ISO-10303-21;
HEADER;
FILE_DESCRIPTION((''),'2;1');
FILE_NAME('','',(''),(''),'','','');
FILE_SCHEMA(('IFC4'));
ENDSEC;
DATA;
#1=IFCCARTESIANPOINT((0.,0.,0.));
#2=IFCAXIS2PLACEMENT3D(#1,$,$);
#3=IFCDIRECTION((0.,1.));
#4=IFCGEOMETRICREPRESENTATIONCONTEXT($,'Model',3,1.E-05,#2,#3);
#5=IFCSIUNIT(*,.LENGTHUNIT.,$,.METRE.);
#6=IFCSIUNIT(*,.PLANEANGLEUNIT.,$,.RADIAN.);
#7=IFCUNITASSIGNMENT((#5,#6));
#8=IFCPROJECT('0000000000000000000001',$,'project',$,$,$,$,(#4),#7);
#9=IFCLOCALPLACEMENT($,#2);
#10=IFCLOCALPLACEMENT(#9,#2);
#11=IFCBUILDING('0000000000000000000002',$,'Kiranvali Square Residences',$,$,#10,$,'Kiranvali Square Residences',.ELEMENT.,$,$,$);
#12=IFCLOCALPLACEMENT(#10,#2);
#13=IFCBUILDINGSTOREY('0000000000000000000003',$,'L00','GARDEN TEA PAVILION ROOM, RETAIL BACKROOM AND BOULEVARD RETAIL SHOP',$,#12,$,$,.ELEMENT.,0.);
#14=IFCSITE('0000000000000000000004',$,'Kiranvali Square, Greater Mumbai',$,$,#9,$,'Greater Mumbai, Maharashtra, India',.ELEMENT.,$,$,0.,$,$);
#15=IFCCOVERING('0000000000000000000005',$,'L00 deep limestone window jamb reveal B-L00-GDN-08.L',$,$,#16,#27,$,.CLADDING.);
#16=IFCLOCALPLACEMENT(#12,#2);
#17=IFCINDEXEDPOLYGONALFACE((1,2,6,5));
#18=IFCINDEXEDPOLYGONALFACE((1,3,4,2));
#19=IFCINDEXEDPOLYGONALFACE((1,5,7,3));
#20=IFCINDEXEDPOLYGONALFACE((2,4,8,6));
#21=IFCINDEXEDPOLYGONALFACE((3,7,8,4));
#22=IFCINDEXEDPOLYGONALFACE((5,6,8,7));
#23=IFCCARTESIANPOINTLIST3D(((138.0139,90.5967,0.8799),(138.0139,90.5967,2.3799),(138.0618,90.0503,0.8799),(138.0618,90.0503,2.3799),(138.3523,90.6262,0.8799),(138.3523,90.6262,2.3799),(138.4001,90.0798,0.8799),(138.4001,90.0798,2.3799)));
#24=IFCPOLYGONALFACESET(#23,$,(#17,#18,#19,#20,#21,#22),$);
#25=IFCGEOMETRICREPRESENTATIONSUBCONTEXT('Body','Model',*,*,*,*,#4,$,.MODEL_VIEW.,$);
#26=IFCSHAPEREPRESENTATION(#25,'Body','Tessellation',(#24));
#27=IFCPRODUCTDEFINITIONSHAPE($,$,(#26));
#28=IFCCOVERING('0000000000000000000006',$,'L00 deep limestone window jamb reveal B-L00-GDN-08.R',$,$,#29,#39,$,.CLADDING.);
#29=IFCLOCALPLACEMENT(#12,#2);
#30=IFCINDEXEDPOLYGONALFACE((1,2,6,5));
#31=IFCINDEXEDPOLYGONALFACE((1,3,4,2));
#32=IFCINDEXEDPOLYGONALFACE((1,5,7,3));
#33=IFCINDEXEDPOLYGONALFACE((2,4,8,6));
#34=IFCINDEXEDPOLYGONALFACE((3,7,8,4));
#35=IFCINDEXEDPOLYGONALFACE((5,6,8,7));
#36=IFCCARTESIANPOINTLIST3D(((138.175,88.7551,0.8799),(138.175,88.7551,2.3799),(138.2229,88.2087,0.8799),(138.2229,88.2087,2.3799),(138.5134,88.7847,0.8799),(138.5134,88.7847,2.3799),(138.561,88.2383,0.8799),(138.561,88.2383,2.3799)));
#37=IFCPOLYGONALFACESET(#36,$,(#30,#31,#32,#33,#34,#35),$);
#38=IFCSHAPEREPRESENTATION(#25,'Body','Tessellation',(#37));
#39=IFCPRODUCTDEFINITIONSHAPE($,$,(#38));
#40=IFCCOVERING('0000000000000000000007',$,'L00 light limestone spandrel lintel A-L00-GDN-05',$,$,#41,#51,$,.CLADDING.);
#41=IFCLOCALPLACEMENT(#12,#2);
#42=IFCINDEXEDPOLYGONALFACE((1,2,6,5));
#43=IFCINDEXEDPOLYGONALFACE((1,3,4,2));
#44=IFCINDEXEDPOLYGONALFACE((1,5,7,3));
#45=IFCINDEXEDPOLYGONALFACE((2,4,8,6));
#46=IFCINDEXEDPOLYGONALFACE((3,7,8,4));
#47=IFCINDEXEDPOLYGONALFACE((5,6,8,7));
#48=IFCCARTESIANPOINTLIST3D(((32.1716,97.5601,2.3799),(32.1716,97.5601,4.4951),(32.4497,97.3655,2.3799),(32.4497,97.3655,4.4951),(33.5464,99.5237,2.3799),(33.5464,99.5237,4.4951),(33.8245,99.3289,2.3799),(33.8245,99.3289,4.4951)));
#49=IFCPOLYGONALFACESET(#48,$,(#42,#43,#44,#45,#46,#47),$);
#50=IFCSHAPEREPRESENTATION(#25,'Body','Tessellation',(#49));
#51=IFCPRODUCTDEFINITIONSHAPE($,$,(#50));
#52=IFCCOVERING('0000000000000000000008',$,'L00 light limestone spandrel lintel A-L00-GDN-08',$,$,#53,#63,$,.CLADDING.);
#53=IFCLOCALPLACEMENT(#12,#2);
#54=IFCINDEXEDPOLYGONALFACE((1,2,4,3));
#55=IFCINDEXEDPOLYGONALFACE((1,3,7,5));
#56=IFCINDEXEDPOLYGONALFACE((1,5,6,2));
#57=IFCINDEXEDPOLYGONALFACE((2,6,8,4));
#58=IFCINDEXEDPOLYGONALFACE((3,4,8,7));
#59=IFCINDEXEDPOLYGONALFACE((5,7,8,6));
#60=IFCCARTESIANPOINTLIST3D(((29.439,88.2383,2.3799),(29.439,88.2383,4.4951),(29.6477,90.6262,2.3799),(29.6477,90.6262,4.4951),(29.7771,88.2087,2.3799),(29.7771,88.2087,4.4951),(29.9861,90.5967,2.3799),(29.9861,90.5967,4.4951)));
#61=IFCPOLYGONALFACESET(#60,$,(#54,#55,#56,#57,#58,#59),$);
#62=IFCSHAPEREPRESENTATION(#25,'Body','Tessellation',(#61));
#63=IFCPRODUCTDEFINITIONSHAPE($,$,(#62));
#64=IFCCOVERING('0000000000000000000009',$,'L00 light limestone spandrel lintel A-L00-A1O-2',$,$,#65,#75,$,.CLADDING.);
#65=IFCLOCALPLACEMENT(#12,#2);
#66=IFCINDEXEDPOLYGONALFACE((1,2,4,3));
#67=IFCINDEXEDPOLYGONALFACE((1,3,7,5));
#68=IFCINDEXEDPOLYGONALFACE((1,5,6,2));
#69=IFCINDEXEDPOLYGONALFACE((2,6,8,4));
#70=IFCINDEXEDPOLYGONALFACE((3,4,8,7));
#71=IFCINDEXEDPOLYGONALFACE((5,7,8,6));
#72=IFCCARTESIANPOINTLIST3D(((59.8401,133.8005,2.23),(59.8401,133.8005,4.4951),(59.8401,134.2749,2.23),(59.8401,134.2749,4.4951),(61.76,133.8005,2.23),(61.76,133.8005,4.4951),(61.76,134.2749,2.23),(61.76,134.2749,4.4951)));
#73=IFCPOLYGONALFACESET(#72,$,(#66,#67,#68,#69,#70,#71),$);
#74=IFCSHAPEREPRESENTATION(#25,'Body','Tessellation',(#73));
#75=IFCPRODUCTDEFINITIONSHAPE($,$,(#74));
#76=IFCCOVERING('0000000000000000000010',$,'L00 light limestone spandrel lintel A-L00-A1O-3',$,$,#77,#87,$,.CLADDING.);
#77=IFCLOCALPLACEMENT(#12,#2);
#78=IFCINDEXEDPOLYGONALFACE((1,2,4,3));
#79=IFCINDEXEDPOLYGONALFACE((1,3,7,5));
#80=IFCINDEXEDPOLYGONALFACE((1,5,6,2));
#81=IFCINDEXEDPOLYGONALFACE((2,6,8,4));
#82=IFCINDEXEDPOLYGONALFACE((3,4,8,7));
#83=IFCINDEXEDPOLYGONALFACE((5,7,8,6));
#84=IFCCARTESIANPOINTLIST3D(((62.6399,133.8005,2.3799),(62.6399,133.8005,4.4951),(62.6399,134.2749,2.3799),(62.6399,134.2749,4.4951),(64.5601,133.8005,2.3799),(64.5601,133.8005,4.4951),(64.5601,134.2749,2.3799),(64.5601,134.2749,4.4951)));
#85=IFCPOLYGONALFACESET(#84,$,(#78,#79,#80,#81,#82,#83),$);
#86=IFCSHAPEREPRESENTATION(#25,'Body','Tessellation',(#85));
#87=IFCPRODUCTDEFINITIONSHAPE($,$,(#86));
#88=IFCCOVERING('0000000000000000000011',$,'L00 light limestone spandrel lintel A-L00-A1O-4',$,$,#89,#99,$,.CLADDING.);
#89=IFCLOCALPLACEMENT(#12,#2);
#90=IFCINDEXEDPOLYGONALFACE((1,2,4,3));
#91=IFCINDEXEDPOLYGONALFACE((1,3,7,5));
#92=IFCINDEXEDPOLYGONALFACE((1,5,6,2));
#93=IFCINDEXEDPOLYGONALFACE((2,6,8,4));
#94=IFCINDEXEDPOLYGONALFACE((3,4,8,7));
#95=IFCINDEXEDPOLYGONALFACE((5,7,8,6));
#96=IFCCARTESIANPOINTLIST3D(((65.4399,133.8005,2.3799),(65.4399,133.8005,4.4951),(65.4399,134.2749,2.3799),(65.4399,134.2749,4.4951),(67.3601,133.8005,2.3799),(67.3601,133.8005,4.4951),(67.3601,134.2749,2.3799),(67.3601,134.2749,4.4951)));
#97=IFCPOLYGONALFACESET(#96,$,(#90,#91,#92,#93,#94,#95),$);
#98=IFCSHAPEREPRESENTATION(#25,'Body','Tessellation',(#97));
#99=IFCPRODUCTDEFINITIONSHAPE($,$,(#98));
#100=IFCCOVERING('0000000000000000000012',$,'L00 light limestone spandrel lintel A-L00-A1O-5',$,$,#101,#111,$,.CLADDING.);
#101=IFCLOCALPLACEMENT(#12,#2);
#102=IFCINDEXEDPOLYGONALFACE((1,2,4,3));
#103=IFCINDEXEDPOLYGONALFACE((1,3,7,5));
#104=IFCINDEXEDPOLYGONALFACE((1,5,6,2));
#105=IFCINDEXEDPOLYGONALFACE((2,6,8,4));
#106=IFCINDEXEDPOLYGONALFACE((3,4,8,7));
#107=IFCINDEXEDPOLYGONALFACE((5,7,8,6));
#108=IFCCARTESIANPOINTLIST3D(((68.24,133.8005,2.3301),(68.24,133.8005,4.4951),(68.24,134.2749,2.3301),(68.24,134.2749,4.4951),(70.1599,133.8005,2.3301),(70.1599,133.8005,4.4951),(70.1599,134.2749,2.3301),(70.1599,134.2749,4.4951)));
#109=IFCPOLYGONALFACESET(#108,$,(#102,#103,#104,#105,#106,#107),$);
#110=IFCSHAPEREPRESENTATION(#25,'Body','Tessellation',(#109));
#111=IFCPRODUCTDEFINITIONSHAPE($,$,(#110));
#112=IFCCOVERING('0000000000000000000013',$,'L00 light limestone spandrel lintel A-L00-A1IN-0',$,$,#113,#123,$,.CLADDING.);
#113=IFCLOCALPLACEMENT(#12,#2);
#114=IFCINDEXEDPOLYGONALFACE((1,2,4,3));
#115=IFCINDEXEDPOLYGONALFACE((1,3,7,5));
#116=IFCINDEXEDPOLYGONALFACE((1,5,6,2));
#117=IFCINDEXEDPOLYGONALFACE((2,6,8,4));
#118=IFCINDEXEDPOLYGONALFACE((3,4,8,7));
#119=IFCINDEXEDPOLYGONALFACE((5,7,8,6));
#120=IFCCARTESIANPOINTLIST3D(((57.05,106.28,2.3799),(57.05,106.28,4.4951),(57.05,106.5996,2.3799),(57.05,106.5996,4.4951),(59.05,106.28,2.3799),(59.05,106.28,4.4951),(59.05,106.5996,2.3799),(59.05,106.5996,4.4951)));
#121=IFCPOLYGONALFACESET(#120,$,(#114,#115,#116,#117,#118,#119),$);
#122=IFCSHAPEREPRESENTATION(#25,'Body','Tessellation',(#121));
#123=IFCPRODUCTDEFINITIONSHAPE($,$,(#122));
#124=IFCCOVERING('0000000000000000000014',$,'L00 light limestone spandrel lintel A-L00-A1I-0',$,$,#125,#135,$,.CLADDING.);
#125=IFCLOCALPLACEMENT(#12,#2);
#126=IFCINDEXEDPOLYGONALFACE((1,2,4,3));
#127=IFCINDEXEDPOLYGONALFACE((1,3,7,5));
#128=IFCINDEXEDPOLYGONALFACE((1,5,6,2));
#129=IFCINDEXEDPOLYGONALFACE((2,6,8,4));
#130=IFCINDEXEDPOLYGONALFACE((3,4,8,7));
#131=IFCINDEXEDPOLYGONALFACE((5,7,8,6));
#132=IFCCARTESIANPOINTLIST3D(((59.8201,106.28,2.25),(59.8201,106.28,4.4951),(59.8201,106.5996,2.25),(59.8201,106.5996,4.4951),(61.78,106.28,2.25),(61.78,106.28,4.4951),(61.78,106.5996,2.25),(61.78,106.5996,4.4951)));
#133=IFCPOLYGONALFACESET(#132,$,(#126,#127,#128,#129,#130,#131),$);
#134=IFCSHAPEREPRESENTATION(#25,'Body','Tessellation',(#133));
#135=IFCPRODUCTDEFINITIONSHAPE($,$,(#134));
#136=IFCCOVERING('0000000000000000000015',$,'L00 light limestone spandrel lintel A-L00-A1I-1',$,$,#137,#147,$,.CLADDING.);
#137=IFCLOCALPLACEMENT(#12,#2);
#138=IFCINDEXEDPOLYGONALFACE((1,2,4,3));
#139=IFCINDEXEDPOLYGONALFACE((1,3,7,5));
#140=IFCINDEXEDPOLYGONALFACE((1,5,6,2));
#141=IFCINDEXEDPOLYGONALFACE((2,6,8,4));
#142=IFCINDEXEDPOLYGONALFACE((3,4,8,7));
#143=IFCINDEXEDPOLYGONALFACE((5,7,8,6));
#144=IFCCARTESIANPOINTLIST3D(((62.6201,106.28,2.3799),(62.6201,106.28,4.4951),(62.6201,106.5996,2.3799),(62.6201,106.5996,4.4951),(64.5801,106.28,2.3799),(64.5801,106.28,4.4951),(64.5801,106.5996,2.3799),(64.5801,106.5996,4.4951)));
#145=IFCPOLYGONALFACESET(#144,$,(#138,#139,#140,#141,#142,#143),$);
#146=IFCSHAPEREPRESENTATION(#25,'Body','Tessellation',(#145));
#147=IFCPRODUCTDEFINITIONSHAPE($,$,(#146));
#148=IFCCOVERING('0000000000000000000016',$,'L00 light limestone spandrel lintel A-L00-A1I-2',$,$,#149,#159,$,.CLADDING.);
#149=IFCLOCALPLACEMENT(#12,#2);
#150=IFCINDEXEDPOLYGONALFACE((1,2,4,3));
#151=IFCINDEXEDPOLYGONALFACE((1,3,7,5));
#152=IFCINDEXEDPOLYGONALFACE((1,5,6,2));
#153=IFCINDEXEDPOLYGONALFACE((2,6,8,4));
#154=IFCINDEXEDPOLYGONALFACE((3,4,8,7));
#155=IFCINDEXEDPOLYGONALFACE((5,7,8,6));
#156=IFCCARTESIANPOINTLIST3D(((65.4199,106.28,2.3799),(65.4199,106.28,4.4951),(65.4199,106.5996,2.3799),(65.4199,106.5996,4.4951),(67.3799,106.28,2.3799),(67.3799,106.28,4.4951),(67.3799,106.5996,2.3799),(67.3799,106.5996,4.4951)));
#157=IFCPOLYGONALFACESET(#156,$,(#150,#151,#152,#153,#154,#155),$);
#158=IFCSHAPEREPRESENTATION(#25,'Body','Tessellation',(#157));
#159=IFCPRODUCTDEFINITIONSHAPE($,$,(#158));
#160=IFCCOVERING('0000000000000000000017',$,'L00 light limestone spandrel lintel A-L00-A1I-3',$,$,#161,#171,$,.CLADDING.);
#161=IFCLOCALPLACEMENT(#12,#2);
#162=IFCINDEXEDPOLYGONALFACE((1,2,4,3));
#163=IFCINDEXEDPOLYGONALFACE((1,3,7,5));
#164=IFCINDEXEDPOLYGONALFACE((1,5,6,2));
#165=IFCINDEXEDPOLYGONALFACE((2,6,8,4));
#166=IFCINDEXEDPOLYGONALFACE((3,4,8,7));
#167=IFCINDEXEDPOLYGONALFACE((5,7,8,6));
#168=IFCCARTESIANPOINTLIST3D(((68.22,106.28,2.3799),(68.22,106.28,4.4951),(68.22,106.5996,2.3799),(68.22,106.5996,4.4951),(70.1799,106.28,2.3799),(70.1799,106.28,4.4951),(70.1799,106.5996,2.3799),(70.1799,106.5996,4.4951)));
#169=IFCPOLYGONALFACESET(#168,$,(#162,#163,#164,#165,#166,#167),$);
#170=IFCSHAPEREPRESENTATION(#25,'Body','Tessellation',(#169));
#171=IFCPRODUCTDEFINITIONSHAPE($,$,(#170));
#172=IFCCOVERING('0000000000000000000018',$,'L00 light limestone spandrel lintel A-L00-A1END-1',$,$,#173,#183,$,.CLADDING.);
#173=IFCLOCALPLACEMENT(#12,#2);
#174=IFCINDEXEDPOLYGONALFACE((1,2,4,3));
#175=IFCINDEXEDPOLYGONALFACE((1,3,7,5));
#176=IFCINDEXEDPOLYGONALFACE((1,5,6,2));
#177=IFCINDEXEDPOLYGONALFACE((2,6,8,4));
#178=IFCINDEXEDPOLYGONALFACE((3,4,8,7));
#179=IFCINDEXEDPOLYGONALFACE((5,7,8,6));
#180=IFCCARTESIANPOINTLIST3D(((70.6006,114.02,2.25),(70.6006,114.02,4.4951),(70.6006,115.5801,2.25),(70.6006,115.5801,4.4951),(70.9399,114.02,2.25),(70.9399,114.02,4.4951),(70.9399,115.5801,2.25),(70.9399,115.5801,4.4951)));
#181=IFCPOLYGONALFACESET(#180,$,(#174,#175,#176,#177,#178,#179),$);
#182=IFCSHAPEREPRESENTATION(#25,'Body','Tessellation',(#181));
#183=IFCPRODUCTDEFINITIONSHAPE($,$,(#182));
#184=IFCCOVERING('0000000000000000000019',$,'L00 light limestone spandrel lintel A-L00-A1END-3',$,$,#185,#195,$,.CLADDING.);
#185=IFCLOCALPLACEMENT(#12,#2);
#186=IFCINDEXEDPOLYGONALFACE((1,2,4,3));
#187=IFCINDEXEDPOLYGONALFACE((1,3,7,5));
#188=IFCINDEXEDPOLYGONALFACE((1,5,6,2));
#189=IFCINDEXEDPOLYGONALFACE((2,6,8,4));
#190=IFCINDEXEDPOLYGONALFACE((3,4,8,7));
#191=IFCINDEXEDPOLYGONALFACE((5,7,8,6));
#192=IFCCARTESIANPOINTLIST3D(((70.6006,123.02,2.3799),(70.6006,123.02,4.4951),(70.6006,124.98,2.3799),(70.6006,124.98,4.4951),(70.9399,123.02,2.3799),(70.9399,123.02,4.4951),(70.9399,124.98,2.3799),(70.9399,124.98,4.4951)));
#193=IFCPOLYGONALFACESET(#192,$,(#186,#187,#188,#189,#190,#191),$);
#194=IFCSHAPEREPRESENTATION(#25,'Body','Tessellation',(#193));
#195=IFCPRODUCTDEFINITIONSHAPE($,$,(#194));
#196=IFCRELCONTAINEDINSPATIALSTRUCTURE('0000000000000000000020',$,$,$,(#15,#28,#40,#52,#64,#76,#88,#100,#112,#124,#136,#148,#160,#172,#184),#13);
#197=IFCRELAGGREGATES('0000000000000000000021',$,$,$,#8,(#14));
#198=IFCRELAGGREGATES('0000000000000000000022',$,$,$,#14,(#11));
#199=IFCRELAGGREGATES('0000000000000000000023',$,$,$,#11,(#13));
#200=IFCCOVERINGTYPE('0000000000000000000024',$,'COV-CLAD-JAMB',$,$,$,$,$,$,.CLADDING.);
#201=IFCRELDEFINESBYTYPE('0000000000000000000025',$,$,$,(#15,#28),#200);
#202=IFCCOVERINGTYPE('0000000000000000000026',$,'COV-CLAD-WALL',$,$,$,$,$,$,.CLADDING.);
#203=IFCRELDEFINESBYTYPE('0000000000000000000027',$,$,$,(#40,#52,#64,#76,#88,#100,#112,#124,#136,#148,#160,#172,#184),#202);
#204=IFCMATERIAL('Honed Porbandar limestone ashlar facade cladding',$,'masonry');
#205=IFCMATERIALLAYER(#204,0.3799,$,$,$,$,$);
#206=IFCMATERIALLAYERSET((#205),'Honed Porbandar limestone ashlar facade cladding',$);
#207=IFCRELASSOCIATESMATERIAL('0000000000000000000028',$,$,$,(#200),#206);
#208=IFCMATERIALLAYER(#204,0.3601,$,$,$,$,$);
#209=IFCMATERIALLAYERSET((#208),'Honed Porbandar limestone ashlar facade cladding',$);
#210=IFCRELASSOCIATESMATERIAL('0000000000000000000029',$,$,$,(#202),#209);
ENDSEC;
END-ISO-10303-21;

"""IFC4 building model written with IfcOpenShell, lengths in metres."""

from ifc_helpers import new_model, si_unit, direction, frame, origin, place, context, subcontext, project, spatial, polyline, outline, extrude, material, layer, layer_set, type_object, element, save


model = new_model("IFC4")

# Units and contexts
model_context = context("Model", 3, precision=1e-05, world=origin(), true_north=direction((0.0, 1.0)))
body_context = subcontext(model_context, "Body", "Model", "MODEL_VIEW")
ifc_project = project(units=[si_unit("LENGTHUNIT", "METRE"), si_unit("PLANEANGLEUNIT", "RADIAN")], contexts=[model_context])

# Site, building, storey
site_placement = place(None, origin())
site = spatial("IfcSite", under=ifc_project, at=site_placement, Name="Kiranvali Square, Greater Mumbai", LongName="Greater Mumbai, Maharashtra, India", CompositionType="ELEMENT", RefElevation=0.0)
building_placement = place(site_placement, origin())
building = spatial("IfcBuilding", under=site, at=building_placement, Name="Kiranvali Square Residences", LongName="Kiranvali Square Residences", CompositionType="ELEMENT")
storey_placement = place(building_placement, origin())
storey = spatial("IfcBuildingStorey", under=building, at=storey_placement, Name="L00", Description="GARDEN TEA PAVILION ROOM, RETAIL BACKROOM AND BOULEVARD RETAIL SHOP", CompositionType="ELEMENT", Elevation=0.0)

# Coverings
ifc_material = material(Name="Honed Porbandar limestone ashlar facade cladding", Category="masonry")
ifc_layer_1 = layer(ifc_material, 0.3799)
ifc_layer_set_1 = layer_set([ifc_layer_1], Name="Honed Porbandar limestone ashlar facade cladding")
covering_type_1 = type_object("IfcCoveringType", Name="COV-CLAD-JAMB", PredefinedType="CLADDING", material=ifc_layer_set_1)
covering_1_placement = place(storey_placement, frame((0.0, 0.0, 0.8799)))
element("IfcCovering", 1, at=covering_1_placement, inside=storey, type_object=covering_type_1, Name="L00 deep limestone window jamb reveal B-L00-GDN-08.L", PredefinedType="CLADDING", context=body_context, shape_type="SweptSolid", body=[
    extrude(outline(polyline([(138.0139, 90.5967), (138.0618, 90.0503), (138.4001, 90.0798), (138.3523, 90.6262), (138.0139, 90.5967)])), origin(), (0.0, 0.0, 1.0), 1.5),
])
covering_2_placement = place(storey_placement, frame((0.0, 0.0, 0.8799)))
element("IfcCovering", 2, at=covering_2_placement, inside=storey, type_object=covering_type_1, Name="L00 deep limestone window jamb reveal B-L00-GDN-08.R", PredefinedType="CLADDING", context=body_context, shape_type="SweptSolid", body=[
    extrude(outline(polyline([(138.175, 88.7551), (138.2229, 88.2087), (138.561, 88.2383), (138.5134, 88.7847), (138.175, 88.7551)])), origin(), (0.0, 0.0, 1.0), 1.5),
])
ifc_layer_2 = layer(ifc_material, 0.3601)
ifc_layer_set_2 = layer_set([ifc_layer_2], Name="Honed Porbandar limestone ashlar facade cladding")
covering_type_2 = type_object("IfcCoveringType", Name="COV-CLAD-WALL", PredefinedType="CLADDING", material=ifc_layer_set_2)
covering_3_placement = place(storey_placement, frame((0.0, 0.0, 2.3799)))
element("IfcCovering", 3, at=covering_3_placement, inside=storey, type_object=covering_type_2, Name="L00 light limestone spandrel lintel A-L00-GDN-05", PredefinedType="CLADDING", context=body_context, shape_type="SweptSolid", body=[
    extrude(outline(polyline([(33.5464, 99.5237), (32.1716, 97.5601), (32.4497, 97.3655), (33.8245, 99.3289), (33.5464, 99.5237)])), origin(), (0.0, 0.0, 1.0), 2.1152),
])
covering_4_placement = place(storey_placement, frame((0.0, 0.0, 2.3799)))
element("IfcCovering", 4, at=covering_4_placement, inside=storey, type_object=covering_type_2, Name="L00 light limestone spandrel lintel A-L00-GDN-08", PredefinedType="CLADDING", context=body_context, shape_type="SweptSolid", body=[
    extrude(outline(polyline([(29.6477, 90.6262), (29.439, 88.2383), (29.7771, 88.2087), (29.9861, 90.5967), (29.6477, 90.6262)])), origin(), (0.0, 0.0, 1.0), 2.1152),
])
covering_5_placement = place(storey_placement, frame((0.0, 0.0, 2.23)))
element("IfcCovering", 5, at=covering_5_placement, inside=storey, type_object=covering_type_2, Name="L00 light limestone spandrel lintel A-L00-A1O-2", PredefinedType="CLADDING", context=body_context, shape_type="SweptSolid", body=[
    extrude(outline(polyline([(59.8401, 133.8005), (61.76, 133.8005), (61.76, 134.2749), (59.8401, 134.2749), (59.8401, 133.8005)])), origin(), (0.0, 0.0, 1.0), 2.2651),
])
covering_6_placement = place(storey_placement, frame((0.0, 0.0, 2.3799)))
element("IfcCovering", 6, at=covering_6_placement, inside=storey, type_object=covering_type_2, Name="L00 light limestone spandrel lintel A-L00-A1O-3", PredefinedType="CLADDING", context=body_context, shape_type="SweptSolid", body=[
    extrude(outline(polyline([(62.6399, 133.8005), (64.5601, 133.8005), (64.5601, 134.2749), (62.6399, 134.2749), (62.6399, 133.8005)])), origin(), (0.0, 0.0, 1.0), 2.1152),
])
covering_7_placement = place(storey_placement, frame((0.0, 0.0, 2.3799)))
element("IfcCovering", 7, at=covering_7_placement, inside=storey, type_object=covering_type_2, Name="L00 light limestone spandrel lintel A-L00-A1O-4", PredefinedType="CLADDING", context=body_context, shape_type="SweptSolid", body=[
    extrude(outline(polyline([(65.4399, 133.8005), (67.3601, 133.8005), (67.3601, 134.2749), (65.4399, 134.2749), (65.4399, 133.8005)])), origin(), (0.0, 0.0, 1.0), 2.1152),
])
covering_8_placement = place(storey_placement, frame((0.0, 0.0, 2.3301)))
element("IfcCovering", 8, at=covering_8_placement, inside=storey, type_object=covering_type_2, Name="L00 light limestone spandrel lintel A-L00-A1O-5", PredefinedType="CLADDING", context=body_context, shape_type="SweptSolid", body=[
    extrude(outline(polyline([(68.24, 133.8005), (70.1599, 133.8005), (70.1599, 134.2749), (68.24, 134.2749), (68.24, 133.8005)])), origin(), (0.0, 0.0, 1.0), 2.165),
])
covering_9_placement = place(storey_placement, frame((0.0, 0.0, 2.3799)))
element("IfcCovering", 9, at=covering_9_placement, inside=storey, type_object=covering_type_2, Name="L00 light limestone spandrel lintel A-L00-A1IN-0", PredefinedType="CLADDING", context=body_context, shape_type="SweptSolid", body=[
    extrude(outline(polyline([(57.05, 106.28), (59.05, 106.28), (59.05, 106.5996), (57.05, 106.5996), (57.05, 106.28)])), origin(), (0.0, 0.0, 1.0), 2.1152),
])
covering_10_placement = place(storey_placement, frame((0.0, 0.0, 2.25)))
element("IfcCovering", 10, at=covering_10_placement, inside=storey, type_object=covering_type_2, Name="L00 light limestone spandrel lintel A-L00-A1I-0", PredefinedType="CLADDING", context=body_context, shape_type="SweptSolid", body=[
    extrude(outline(polyline([(59.8201, 106.28), (61.78, 106.28), (61.78, 106.5996), (59.8201, 106.5996), (59.8201, 106.28)])), origin(), (0.0, 0.0, 1.0), 2.2451),
])
covering_11_placement = place(storey_placement, frame((0.0, 0.0, 2.3799)))
element("IfcCovering", 11, at=covering_11_placement, inside=storey, type_object=covering_type_2, Name="L00 light limestone spandrel lintel A-L00-A1I-1", PredefinedType="CLADDING", context=body_context, shape_type="SweptSolid", body=[
    extrude(outline(polyline([(62.6201, 106.28), (64.5801, 106.28), (64.5801, 106.5996), (62.6201, 106.5996), (62.6201, 106.28)])), origin(), (0.0, 0.0, 1.0), 2.1152),
])
covering_12_placement = place(storey_placement, frame((0.0, 0.0, 2.3799)))
element("IfcCovering", 12, at=covering_12_placement, inside=storey, type_object=covering_type_2, Name="L00 light limestone spandrel lintel A-L00-A1I-2", PredefinedType="CLADDING", context=body_context, shape_type="SweptSolid", body=[
    extrude(outline(polyline([(65.4199, 106.28), (67.3799, 106.28), (67.3799, 106.5996), (65.4199, 106.5996), (65.4199, 106.28)])), origin(), (0.0, 0.0, 1.0), 2.1152),
])
covering_13_placement = place(storey_placement, frame((0.0, 0.0, 2.3799)))
element("IfcCovering", 13, at=covering_13_placement, inside=storey, type_object=covering_type_2, Name="L00 light limestone spandrel lintel A-L00-A1I-3", PredefinedType="CLADDING", context=body_context, shape_type="SweptSolid", body=[
    extrude(outline(polyline([(68.22, 106.28), (70.1799, 106.28), (70.1799, 106.5996), (68.22, 106.5996), (68.22, 106.28)])), origin(), (0.0, 0.0, 1.0), 2.1152),
])
covering_14_placement = place(storey_placement, frame((0.0, 0.0, 2.25)))
element("IfcCovering", 14, at=covering_14_placement, inside=storey, type_object=covering_type_2, Name="L00 light limestone spandrel lintel A-L00-A1END-1", PredefinedType="CLADDING", context=body_context, shape_type="SweptSolid", body=[
    extrude(outline(polyline([(70.9399, 114.02), (70.9399, 115.5801), (70.6006, 115.5801), (70.6006, 114.02), (70.9399, 114.02)])), origin(), (0.0, 0.0, 1.0), 2.2451),
])
covering_15_placement = place(storey_placement, frame((0.0, 0.0, 2.3799)))
element("IfcCovering", 15, at=covering_15_placement, inside=storey, type_object=covering_type_2, Name="L00 light limestone spandrel lintel A-L00-A1END-3", PredefinedType="CLADDING", context=body_context, shape_type="SweptSolid", body=[
    extrude(outline(polyline([(70.9399, 123.02), (70.9399, 124.98), (70.6006, 124.98), (70.6006, 123.02), (70.9399, 123.02)])), origin(), (0.0, 0.0, 1.0), 2.1152),
])

save(model, "model.ifc")
